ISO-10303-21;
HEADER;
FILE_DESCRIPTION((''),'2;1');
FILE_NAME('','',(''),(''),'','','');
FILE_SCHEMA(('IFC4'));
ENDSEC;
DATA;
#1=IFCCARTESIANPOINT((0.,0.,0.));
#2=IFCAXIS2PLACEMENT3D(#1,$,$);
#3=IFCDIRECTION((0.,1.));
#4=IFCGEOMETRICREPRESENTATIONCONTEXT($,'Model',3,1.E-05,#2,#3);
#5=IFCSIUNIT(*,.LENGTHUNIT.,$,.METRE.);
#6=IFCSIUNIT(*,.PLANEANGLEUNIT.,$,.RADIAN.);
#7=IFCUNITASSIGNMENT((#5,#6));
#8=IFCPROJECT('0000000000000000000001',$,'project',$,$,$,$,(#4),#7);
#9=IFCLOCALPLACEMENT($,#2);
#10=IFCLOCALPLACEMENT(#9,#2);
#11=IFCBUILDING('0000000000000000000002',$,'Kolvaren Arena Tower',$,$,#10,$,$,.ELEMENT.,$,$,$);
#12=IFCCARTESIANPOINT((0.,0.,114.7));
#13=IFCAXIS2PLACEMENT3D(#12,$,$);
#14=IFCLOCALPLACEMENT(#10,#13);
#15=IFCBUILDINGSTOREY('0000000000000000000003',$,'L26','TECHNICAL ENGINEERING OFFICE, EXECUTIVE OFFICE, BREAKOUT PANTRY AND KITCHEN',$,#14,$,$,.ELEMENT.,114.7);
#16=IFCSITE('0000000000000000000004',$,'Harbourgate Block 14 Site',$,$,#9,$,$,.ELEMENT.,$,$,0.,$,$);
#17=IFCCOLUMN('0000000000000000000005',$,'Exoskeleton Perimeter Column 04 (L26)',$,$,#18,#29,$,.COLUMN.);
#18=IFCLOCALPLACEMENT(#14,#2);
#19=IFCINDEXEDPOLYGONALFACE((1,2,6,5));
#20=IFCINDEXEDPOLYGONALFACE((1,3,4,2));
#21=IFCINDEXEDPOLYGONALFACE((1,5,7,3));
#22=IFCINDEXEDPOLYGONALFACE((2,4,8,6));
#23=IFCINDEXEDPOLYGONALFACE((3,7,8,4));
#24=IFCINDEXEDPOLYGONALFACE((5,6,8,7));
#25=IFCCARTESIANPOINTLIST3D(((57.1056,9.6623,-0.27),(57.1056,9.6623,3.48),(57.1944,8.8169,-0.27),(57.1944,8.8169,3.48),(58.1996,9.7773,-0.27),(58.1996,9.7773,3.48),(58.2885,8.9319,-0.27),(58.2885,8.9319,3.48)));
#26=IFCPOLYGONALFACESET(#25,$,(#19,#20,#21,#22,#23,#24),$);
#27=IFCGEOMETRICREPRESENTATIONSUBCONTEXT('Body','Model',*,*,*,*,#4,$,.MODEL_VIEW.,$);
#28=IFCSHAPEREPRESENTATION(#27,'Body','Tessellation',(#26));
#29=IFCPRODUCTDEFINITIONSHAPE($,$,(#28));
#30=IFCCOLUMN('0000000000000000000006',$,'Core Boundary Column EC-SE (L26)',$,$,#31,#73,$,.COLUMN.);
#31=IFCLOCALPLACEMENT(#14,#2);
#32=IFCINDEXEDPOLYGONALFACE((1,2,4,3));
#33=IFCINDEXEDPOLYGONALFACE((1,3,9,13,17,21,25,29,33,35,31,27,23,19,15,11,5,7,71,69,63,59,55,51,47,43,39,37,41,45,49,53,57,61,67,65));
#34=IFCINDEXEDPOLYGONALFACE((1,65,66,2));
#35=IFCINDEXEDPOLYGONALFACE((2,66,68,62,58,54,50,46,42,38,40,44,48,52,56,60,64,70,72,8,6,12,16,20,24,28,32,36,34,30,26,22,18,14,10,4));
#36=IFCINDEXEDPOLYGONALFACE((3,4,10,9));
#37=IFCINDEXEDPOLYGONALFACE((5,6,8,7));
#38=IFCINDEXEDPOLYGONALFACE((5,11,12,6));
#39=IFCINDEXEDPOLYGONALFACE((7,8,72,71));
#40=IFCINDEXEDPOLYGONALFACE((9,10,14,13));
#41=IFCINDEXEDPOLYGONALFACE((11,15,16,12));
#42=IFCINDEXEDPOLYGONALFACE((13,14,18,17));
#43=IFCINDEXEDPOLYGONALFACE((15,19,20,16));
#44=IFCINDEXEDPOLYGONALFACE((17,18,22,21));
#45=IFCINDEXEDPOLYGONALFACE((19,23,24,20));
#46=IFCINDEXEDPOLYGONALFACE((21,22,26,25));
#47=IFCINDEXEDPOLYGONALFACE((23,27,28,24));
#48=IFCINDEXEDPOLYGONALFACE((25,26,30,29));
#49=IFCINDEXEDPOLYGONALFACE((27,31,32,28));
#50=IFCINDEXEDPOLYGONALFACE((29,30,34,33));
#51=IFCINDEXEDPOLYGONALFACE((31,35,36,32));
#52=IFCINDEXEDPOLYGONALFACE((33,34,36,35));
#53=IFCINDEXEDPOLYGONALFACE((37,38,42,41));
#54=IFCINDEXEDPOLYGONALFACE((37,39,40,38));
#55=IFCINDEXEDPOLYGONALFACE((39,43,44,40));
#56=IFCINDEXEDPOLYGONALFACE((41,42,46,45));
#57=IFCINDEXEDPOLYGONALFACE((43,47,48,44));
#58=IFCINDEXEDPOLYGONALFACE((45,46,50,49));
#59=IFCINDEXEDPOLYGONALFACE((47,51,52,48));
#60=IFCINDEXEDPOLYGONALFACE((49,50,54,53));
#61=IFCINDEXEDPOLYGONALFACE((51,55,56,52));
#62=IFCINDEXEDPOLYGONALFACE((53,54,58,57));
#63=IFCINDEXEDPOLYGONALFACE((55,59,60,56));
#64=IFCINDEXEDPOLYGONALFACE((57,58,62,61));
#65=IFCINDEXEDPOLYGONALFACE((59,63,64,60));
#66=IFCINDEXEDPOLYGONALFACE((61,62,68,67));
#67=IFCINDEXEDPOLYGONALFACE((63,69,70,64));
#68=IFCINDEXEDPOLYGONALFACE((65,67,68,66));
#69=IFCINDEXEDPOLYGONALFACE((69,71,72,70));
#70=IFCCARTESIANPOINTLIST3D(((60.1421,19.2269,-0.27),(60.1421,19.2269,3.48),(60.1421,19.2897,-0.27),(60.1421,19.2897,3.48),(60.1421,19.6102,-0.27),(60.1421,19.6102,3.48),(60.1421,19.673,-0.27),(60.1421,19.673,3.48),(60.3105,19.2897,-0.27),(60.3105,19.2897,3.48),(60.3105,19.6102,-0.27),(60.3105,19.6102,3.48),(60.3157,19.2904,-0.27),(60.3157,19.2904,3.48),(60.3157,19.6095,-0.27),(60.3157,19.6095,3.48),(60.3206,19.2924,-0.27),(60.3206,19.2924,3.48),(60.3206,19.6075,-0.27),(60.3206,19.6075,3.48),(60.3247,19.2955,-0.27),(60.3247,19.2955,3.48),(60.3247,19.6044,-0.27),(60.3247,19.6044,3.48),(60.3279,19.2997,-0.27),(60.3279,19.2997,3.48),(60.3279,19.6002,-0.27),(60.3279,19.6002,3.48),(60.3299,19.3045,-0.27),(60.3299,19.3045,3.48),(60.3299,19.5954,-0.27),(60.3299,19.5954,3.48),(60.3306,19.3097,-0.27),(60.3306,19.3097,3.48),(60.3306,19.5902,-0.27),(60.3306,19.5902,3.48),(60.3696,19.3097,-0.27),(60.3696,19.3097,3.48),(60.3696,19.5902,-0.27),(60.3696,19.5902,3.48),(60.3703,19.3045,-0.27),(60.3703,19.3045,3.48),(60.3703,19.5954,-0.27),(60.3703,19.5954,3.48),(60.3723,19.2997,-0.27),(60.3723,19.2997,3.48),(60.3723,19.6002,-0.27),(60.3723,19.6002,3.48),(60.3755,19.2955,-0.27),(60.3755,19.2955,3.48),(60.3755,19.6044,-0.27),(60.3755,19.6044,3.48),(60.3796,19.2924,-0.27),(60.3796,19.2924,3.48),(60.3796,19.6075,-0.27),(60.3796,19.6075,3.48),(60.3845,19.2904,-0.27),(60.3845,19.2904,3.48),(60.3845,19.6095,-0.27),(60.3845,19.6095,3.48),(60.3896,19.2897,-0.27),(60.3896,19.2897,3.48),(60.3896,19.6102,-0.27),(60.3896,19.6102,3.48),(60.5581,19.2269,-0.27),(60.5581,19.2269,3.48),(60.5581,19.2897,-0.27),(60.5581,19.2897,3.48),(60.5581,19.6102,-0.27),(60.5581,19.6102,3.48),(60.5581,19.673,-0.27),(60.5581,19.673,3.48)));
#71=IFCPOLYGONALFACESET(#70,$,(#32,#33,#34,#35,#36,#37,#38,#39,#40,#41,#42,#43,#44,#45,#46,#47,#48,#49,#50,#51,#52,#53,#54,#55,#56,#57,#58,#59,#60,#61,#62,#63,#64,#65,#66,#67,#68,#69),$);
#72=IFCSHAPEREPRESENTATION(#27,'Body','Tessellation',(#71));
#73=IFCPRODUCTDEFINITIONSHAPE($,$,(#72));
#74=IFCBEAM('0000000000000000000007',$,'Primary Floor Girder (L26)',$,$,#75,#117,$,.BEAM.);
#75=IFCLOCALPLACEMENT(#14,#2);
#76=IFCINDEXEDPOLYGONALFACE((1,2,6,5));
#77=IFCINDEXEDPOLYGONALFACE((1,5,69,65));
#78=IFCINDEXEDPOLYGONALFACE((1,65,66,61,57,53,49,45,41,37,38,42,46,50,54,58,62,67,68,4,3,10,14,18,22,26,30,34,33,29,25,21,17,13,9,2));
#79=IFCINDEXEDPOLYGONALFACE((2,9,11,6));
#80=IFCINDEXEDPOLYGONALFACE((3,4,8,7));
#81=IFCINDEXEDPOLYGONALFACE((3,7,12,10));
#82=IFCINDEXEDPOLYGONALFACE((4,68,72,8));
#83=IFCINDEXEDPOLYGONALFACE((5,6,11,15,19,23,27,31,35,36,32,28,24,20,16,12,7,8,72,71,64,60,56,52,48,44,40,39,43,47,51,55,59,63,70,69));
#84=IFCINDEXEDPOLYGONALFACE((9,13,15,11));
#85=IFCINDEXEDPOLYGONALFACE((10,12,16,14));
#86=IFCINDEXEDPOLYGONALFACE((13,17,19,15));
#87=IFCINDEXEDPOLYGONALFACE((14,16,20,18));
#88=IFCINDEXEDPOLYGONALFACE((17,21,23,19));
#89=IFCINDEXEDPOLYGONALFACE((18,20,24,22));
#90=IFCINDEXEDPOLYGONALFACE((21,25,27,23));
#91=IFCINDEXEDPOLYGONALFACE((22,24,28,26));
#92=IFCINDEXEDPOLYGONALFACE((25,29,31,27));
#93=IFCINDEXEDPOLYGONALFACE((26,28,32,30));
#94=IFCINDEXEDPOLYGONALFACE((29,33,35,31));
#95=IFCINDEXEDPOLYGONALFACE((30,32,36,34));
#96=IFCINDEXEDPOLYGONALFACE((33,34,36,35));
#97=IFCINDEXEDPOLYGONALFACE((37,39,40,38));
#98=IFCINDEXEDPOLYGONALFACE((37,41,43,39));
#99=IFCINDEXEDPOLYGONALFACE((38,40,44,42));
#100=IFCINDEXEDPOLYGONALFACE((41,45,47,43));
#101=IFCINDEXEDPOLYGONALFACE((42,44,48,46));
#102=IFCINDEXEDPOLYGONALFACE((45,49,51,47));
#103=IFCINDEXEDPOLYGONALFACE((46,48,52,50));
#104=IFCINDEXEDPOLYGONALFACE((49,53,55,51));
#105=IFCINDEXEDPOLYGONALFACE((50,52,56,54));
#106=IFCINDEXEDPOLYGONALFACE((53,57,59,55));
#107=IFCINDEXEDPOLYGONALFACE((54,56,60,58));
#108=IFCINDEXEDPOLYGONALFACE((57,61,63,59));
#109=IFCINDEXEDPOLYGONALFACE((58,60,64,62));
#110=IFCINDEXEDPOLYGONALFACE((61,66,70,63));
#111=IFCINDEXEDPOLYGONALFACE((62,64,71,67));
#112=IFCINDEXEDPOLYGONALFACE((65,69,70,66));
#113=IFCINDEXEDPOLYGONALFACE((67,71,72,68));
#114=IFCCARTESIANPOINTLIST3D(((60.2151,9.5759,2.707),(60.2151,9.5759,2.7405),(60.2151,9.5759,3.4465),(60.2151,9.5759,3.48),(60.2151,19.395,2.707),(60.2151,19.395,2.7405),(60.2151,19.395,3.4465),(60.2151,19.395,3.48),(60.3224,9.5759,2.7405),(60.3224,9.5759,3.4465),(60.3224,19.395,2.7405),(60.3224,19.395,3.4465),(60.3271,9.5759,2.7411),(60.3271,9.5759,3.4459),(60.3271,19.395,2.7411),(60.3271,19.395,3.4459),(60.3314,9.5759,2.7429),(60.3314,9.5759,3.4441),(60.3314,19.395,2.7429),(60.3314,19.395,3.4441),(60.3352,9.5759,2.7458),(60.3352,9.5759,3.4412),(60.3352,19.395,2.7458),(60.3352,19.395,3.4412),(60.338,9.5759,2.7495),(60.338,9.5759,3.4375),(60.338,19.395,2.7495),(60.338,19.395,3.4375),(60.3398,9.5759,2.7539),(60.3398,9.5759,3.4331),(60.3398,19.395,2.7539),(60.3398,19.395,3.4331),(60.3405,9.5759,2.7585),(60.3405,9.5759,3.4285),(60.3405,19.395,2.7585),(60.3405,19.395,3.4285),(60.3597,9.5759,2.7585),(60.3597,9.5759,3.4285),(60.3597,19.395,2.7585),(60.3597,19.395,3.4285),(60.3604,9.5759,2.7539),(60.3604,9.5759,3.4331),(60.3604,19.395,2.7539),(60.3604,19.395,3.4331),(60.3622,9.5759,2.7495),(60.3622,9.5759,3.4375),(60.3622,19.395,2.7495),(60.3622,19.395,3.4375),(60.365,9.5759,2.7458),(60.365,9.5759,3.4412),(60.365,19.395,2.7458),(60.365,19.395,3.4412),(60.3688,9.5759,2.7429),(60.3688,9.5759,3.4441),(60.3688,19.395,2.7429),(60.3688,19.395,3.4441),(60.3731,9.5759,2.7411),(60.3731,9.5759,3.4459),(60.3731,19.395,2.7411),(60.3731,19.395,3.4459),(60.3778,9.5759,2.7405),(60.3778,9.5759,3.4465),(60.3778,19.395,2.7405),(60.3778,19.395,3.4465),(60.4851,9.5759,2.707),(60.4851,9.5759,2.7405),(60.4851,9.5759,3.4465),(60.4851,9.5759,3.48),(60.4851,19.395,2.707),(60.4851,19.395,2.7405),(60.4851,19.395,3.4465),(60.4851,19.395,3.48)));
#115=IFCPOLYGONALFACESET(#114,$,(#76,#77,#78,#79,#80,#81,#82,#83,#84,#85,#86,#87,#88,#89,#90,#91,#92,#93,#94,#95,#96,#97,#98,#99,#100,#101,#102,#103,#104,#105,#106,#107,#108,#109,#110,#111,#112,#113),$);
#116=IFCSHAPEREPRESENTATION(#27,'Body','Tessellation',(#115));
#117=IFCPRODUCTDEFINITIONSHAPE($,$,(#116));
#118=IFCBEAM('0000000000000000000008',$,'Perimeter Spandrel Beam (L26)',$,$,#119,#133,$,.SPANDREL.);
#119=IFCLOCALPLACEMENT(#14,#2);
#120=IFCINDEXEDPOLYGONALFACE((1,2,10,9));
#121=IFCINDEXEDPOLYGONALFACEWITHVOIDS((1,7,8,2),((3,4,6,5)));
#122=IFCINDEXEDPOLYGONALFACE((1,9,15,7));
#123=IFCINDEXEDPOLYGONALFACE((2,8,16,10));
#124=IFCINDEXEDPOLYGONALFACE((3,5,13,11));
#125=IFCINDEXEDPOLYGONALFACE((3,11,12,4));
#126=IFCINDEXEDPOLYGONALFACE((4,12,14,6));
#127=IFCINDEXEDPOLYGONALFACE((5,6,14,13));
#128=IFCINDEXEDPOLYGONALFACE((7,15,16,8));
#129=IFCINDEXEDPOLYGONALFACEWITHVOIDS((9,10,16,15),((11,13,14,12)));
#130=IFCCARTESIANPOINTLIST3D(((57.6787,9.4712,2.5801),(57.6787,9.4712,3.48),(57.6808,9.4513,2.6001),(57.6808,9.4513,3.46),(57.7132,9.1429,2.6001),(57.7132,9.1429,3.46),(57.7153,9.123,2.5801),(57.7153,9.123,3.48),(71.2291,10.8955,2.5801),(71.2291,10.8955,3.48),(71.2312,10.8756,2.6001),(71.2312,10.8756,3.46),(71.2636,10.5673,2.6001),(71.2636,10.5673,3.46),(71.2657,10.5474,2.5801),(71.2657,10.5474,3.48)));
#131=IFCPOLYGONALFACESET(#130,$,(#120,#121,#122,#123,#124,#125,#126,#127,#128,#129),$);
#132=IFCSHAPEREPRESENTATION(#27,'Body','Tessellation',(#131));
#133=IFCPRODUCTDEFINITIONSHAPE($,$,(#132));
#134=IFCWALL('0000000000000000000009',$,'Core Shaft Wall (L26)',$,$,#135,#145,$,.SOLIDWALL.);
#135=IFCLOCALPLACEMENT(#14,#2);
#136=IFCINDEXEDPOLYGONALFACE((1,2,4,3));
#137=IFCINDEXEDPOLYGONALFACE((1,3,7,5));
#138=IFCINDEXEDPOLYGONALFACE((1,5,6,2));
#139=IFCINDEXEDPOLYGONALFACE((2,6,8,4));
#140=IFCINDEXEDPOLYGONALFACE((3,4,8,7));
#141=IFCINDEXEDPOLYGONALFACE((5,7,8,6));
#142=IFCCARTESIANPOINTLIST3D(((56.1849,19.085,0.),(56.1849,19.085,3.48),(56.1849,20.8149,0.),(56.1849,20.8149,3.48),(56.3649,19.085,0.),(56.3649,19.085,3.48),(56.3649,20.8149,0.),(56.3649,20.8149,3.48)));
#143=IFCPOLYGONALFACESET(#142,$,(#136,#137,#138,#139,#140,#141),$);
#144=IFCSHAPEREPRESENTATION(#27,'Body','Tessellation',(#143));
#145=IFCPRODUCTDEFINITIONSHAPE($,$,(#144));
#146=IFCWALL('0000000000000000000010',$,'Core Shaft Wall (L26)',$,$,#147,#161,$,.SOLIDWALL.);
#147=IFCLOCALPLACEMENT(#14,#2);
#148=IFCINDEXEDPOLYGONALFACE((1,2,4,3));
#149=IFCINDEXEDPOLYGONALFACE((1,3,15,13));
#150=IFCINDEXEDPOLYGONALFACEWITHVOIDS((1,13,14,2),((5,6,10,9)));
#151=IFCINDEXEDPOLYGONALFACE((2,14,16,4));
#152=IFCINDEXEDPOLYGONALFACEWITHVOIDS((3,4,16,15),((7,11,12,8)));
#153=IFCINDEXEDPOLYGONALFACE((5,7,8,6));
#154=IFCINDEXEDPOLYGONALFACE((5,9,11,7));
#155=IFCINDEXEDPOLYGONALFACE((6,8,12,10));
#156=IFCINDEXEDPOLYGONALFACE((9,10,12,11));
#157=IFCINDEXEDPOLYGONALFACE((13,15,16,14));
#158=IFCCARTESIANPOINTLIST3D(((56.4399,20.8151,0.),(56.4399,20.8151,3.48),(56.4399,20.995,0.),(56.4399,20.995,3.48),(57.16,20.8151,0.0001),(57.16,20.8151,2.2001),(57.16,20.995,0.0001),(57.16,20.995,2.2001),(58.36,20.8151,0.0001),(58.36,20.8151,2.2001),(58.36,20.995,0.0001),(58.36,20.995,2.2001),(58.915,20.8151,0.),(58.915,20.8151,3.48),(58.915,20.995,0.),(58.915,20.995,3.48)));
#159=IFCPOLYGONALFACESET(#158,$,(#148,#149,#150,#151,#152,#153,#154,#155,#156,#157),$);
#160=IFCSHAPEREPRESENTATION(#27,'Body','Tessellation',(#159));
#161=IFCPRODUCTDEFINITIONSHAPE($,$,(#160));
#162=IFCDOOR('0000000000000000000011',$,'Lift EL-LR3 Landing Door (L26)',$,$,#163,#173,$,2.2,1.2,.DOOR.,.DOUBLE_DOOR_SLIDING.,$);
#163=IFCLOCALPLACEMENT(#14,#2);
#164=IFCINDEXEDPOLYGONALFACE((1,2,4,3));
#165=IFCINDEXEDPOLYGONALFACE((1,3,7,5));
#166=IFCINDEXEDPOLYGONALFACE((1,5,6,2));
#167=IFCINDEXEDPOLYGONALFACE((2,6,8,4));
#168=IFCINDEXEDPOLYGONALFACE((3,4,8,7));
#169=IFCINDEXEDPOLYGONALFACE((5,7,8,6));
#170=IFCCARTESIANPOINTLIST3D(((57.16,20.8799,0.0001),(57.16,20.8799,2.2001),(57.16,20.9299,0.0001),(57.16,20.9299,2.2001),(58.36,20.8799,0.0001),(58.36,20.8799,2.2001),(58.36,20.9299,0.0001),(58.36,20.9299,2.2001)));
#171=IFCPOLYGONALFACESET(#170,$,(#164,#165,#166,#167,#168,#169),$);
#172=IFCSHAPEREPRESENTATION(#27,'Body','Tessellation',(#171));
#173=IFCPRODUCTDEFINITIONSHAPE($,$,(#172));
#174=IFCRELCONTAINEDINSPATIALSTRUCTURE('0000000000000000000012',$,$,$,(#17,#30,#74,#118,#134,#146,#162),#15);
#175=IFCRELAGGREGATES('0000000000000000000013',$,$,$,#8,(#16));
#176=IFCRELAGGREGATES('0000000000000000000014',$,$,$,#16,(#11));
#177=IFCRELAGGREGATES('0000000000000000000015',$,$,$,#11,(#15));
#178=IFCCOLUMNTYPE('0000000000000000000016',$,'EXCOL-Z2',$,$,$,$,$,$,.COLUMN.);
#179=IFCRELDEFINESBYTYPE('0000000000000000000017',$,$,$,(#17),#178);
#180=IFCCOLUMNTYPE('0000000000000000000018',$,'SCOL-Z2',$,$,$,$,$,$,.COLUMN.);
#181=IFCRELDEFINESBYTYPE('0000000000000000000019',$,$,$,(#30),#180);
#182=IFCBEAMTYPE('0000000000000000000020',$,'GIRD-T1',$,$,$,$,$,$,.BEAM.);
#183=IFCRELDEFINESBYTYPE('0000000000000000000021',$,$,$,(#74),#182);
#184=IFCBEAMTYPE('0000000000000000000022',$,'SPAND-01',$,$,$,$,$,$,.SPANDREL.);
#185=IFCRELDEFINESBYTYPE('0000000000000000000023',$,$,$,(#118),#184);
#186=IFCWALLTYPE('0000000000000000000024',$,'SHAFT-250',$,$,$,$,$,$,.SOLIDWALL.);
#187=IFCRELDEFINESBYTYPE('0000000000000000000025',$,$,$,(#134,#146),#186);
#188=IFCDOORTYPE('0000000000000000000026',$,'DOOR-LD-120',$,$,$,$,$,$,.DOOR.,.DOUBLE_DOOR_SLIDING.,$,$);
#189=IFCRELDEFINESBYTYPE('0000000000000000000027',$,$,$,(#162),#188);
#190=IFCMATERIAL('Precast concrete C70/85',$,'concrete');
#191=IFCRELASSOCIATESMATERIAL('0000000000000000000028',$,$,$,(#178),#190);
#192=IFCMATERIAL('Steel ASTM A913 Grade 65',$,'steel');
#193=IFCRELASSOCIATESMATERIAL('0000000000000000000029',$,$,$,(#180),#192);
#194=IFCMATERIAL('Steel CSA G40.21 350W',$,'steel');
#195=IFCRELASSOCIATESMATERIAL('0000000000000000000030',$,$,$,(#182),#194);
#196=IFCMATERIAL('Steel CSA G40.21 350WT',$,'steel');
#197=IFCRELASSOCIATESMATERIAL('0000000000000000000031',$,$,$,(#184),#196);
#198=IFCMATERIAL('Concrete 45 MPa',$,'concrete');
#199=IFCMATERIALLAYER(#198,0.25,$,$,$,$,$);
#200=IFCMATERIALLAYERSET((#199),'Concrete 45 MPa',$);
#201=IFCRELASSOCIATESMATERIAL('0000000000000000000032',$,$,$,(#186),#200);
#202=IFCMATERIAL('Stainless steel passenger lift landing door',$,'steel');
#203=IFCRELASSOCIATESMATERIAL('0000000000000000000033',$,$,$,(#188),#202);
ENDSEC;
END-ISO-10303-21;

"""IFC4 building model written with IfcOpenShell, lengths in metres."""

from ifc_helpers import new_model, si_unit, direction, frame, frame_2d, origin, origin_2d, place, context, subcontext, project, spatial, rectangle, hollow_rectangle, i_section, extrude, material, layer, layer_set, material_profile, profile_set, type_object, element, fill, save


model = new_model("IFC4")

# Units and contexts
model_context = context("Model", 3, precision=1e-05, world=origin(), true_north=direction((0.0, 1.0)))
body_context = subcontext(model_context, "Body", "Model", "MODEL_VIEW")
ifc_project = project(units=[si_unit("LENGTHUNIT", "METRE"), si_unit("PLANEANGLEUNIT", "RADIAN")], contexts=[model_context])

# Site, building, storey
site_placement = place(None, origin())
site = spatial("IfcSite", under=ifc_project, at=site_placement, Name="Harbourgate Block 14 Site", CompositionType="ELEMENT", RefElevation=0.0)
building_placement = place(site_placement, origin())
building = spatial("IfcBuilding", under=site, at=building_placement, Name="Kolvaren Arena Tower", CompositionType="ELEMENT")
storey_placement = place(building_placement, frame((0.0, 0.0, 114.7)))
storey = spatial("IfcBuildingStorey", under=building, at=storey_placement, Name="L26", Description="TECHNICAL ENGINEERING OFFICE, EXECUTIVE OFFICE, BREAKOUT PANTRY AND KITCHEN", CompositionType="ELEMENT", Elevation=114.7)

# Columns
ifc_material_1 = material(Name="Precast concrete C70/85", Category="concrete")
ifc_material_profile_1 = material_profile(ifc_material_1, rectangle(XDim=1.1001, YDim=0.8501, at=origin_2d()), Name="RC-1100x850")
ifc_profile_set_1 = profile_set([ifc_material_profile_1], Name="Precast concrete C70/85")
column_type_1 = type_object("IfcColumnType", Name="EXCOL-Z2", PredefinedType="COLUMN", material=ifc_profile_set_1)
column_1_placement = place(storey_placement, frame((57.697, 9.2971, -0.27), z_axis=(0.0, 0.0, 1.0), x_axis=(0.994522, 0.104528, 0.0)))
element("IfcColumn", 1, at=column_1_placement, inside=storey, type_object=column_type_1, Name="Exoskeleton Perimeter Column 04 (L26)", PredefinedType="COLUMN", context=body_context, shape_type="SweptSolid", body=[
    extrude(rectangle(XDim=1.1001, YDim=0.8501, at=origin_2d()), origin(), (0.0, 0.0, 1.0), 3.75),
])
ifc_material_2 = material(Name="Steel ASTM A913 Grade 65", Category="steel")
ifc_material_profile_2 = material_profile(ifc_material_2, i_section(OverallWidth=0.416, OverallDepth=0.446, WebThickness=0.0391, FlangeThickness=0.0627, FilletRadius=0.02, at=origin_2d()), Name="W360x509")
ifc_profile_set_2 = profile_set([ifc_material_profile_2], Name="Steel ASTM A913 Grade 65")
column_type_2 = type_object("IfcColumnType", Name="SCOL-Z2", PredefinedType="COLUMN", material=ifc_profile_set_2)
column_2_placement = place(storey_placement, frame((60.3501, 19.45, -0.27), z_axis=(0.0, 0.0, 1.0), x_axis=(1.0, 0.0, 0.0)))
element("IfcColumn", 2, at=column_2_placement, inside=storey, type_object=column_type_2, Name="Core Boundary Column EC-SE (L26)", PredefinedType="COLUMN", context=body_context, shape_type="SweptSolid", body=[
    extrude(i_section(OverallWidth=0.416, OverallDepth=0.446, WebThickness=0.0391, FlangeThickness=0.0627, FilletRadius=0.02, at=origin_2d()), origin(), (0.0, 0.0, 1.0), 3.75),
])

# Beams
ifc_material_3 = material(Name="Steel CSA G40.21 350W", Category="steel")
ifc_material_profile_3 = material_profile(ifc_material_3, i_section(OverallWidth=0.27, OverallDepth=0.7729, WebThickness=0.0193, FlangeThickness=0.0334, FilletRadius=0.0181, at=origin_2d()), Name="W760x257")
ifc_profile_set_3 = profile_set([ifc_material_profile_3], Name="Steel CSA G40.21 350W")
beam_type_1 = type_object("IfcBeamType", Name="GIRD-T1", PredefinedType="BEAM", material=ifc_profile_set_3)
beam_1_placement = place(storey_placement, frame((60.3501, 9.5759, 3.0935), z_axis=(0.0, 1.0, 0.0), x_axis=(-1.0, 0.0, 0.0)))
element("IfcBeam", 3, at=beam_1_placement, inside=storey, type_object=beam_type_1, Name="Primary Floor Girder (L26)", PredefinedType="BEAM", context=body_context, shape_type="SweptSolid", body=[
    extrude(i_section(OverallWidth=0.27, OverallDepth=0.7729, WebThickness=0.0193, FlangeThickness=0.0334, FilletRadius=0.0181, at=origin_2d()), origin(), (0.0, 0.0, 1.0), 9.8191),
])
ifc_material_4 = material(Name="Steel CSA G40.21 350WT", Category="steel")
ifc_material_profile_4 = material_profile(ifc_material_4, hollow_rectangle(XDim=0.3501, YDim=0.8999, WallThickness=0.02, at=origin_2d()), Name="HSS 900x350x20")
ifc_profile_set_4 = profile_set([ifc_material_profile_4], Name="Steel CSA G40.21 350WT")
beam_type_2 = type_object("IfcBeamType", Name="SPAND-01", PredefinedType="SPANDREL", material=ifc_profile_set_4)
beam_2_placement = place(storey_placement, frame((57.697, 9.2971, 3.03), z_axis=(0.994521, 0.104537, 0.0), x_axis=(-0.104537, 0.994521, 0.0)))
element("IfcBeam", 4, at=beam_2_placement, inside=storey, type_object=beam_type_2, Name="Perimeter Spandrel Beam (L26)", PredefinedType="SPANDREL", context=body_context, shape_type="SweptSolid", body=[
    extrude(hollow_rectangle(XDim=0.3501, YDim=0.8999, WallThickness=0.02, at=origin_2d()), origin(), (0.0, 0.0, 1.0), 13.625),
])

# Wall
ifc_material_5 = material(Name="Concrete 45 MPa", Category="concrete")
ifc_layer_1 = layer(ifc_material_5, 0.25)
ifc_layer_set_1 = layer_set([ifc_layer_1], Name="Concrete 45 MPa")
wall_type_1 = type_object("IfcWallType", Name="SHAFT-250", PredefinedType="SOLIDWALL", material=ifc_layer_set_1)
wall_1_placement = place(storey_placement, frame((56.2749, 19.085, 0.0), z_axis=(0.0, 0.0, 1.0), x_axis=(0.0, 1.0, 0.0)))
element("IfcWall", 5, at=wall_1_placement, inside=storey, type_object=wall_type_1, Name="Core Shaft Wall (L26)", PredefinedType="SOLIDWALL", context=body_context, shape_type="SweptSolid", body=[
    extrude(rectangle(XDim=1.73, YDim=0.1799, at=frame_2d((0.865, 0.0))), origin(), (0.0, 0.0, 1.0), 3.48),
])

# Wall, opening, door
wall_2_placement = place(storey_placement, frame((56.4399, 20.905, 0.0), z_axis=(0.0, 0.0, 1.0), x_axis=(1.0, 0.0, 0.0)))
wall_2 = element("IfcWall", 6, at=wall_2_placement, inside=storey, type_object=wall_type_1, Name="Core Shaft Wall (L26)", PredefinedType="SOLIDWALL", context=body_context, shape_type="SweptSolid", body=[
    extrude(rectangle(XDim=2.4751, YDim=0.1799, at=frame_2d((1.2375, 0.0))), origin(), (0.0, 0.0, 1.0), 3.48),
])
opening_placement = place(wall_2_placement, frame((0.72, 0.0, 0.0)))
opening = element("IfcOpeningElement", 7, at=opening_placement, cuts=wall_2, PredefinedType="OPENING", context=body_context, shape_type="SweptSolid", body=[
    extrude(rectangle(XDim=1.2, YDim=2.2, at=frame_2d((0.6001, 1.1001))), frame((0.0, 0.0999, 0.0), z_axis=(0.0, -1.0, 0.0), x_axis=(1.0, 0.0, 0.0)), (0.0, 0.0, 1.0), 0.2),
])
ifc_material_6 = material(Name="Stainless steel passenger lift landing door", Category="steel")
door_type = type_object("IfcDoorType", Name="DOOR-LD-120", OperationType="DOUBLE_DOOR_SLIDING", PredefinedType="DOOR", material=ifc_material_6)
door_placement = place(opening_placement, origin())
door = element("IfcDoor", 8, at=door_placement, inside=storey, type_object=door_type, Name="Lift EL-LR3 Landing Door (L26)", OperationType="DOUBLE_DOOR_SLIDING", OverallHeight=2.2, OverallWidth=1.2, PredefinedType="DOOR", context=body_context, shape_type="SweptSolid", body=[
    extrude(rectangle(XDim=1.2, YDim=2.2, at=frame_2d((0.6001, 1.1001))), frame((0.0, 0.0249, 0.0), z_axis=(0.0, -1.0, 0.0), x_axis=(1.0, 0.0, 0.0)), (0.0, 0.0, 1.0), 0.05),
])
fill(opening, door)

save(model, "model.ifc")
